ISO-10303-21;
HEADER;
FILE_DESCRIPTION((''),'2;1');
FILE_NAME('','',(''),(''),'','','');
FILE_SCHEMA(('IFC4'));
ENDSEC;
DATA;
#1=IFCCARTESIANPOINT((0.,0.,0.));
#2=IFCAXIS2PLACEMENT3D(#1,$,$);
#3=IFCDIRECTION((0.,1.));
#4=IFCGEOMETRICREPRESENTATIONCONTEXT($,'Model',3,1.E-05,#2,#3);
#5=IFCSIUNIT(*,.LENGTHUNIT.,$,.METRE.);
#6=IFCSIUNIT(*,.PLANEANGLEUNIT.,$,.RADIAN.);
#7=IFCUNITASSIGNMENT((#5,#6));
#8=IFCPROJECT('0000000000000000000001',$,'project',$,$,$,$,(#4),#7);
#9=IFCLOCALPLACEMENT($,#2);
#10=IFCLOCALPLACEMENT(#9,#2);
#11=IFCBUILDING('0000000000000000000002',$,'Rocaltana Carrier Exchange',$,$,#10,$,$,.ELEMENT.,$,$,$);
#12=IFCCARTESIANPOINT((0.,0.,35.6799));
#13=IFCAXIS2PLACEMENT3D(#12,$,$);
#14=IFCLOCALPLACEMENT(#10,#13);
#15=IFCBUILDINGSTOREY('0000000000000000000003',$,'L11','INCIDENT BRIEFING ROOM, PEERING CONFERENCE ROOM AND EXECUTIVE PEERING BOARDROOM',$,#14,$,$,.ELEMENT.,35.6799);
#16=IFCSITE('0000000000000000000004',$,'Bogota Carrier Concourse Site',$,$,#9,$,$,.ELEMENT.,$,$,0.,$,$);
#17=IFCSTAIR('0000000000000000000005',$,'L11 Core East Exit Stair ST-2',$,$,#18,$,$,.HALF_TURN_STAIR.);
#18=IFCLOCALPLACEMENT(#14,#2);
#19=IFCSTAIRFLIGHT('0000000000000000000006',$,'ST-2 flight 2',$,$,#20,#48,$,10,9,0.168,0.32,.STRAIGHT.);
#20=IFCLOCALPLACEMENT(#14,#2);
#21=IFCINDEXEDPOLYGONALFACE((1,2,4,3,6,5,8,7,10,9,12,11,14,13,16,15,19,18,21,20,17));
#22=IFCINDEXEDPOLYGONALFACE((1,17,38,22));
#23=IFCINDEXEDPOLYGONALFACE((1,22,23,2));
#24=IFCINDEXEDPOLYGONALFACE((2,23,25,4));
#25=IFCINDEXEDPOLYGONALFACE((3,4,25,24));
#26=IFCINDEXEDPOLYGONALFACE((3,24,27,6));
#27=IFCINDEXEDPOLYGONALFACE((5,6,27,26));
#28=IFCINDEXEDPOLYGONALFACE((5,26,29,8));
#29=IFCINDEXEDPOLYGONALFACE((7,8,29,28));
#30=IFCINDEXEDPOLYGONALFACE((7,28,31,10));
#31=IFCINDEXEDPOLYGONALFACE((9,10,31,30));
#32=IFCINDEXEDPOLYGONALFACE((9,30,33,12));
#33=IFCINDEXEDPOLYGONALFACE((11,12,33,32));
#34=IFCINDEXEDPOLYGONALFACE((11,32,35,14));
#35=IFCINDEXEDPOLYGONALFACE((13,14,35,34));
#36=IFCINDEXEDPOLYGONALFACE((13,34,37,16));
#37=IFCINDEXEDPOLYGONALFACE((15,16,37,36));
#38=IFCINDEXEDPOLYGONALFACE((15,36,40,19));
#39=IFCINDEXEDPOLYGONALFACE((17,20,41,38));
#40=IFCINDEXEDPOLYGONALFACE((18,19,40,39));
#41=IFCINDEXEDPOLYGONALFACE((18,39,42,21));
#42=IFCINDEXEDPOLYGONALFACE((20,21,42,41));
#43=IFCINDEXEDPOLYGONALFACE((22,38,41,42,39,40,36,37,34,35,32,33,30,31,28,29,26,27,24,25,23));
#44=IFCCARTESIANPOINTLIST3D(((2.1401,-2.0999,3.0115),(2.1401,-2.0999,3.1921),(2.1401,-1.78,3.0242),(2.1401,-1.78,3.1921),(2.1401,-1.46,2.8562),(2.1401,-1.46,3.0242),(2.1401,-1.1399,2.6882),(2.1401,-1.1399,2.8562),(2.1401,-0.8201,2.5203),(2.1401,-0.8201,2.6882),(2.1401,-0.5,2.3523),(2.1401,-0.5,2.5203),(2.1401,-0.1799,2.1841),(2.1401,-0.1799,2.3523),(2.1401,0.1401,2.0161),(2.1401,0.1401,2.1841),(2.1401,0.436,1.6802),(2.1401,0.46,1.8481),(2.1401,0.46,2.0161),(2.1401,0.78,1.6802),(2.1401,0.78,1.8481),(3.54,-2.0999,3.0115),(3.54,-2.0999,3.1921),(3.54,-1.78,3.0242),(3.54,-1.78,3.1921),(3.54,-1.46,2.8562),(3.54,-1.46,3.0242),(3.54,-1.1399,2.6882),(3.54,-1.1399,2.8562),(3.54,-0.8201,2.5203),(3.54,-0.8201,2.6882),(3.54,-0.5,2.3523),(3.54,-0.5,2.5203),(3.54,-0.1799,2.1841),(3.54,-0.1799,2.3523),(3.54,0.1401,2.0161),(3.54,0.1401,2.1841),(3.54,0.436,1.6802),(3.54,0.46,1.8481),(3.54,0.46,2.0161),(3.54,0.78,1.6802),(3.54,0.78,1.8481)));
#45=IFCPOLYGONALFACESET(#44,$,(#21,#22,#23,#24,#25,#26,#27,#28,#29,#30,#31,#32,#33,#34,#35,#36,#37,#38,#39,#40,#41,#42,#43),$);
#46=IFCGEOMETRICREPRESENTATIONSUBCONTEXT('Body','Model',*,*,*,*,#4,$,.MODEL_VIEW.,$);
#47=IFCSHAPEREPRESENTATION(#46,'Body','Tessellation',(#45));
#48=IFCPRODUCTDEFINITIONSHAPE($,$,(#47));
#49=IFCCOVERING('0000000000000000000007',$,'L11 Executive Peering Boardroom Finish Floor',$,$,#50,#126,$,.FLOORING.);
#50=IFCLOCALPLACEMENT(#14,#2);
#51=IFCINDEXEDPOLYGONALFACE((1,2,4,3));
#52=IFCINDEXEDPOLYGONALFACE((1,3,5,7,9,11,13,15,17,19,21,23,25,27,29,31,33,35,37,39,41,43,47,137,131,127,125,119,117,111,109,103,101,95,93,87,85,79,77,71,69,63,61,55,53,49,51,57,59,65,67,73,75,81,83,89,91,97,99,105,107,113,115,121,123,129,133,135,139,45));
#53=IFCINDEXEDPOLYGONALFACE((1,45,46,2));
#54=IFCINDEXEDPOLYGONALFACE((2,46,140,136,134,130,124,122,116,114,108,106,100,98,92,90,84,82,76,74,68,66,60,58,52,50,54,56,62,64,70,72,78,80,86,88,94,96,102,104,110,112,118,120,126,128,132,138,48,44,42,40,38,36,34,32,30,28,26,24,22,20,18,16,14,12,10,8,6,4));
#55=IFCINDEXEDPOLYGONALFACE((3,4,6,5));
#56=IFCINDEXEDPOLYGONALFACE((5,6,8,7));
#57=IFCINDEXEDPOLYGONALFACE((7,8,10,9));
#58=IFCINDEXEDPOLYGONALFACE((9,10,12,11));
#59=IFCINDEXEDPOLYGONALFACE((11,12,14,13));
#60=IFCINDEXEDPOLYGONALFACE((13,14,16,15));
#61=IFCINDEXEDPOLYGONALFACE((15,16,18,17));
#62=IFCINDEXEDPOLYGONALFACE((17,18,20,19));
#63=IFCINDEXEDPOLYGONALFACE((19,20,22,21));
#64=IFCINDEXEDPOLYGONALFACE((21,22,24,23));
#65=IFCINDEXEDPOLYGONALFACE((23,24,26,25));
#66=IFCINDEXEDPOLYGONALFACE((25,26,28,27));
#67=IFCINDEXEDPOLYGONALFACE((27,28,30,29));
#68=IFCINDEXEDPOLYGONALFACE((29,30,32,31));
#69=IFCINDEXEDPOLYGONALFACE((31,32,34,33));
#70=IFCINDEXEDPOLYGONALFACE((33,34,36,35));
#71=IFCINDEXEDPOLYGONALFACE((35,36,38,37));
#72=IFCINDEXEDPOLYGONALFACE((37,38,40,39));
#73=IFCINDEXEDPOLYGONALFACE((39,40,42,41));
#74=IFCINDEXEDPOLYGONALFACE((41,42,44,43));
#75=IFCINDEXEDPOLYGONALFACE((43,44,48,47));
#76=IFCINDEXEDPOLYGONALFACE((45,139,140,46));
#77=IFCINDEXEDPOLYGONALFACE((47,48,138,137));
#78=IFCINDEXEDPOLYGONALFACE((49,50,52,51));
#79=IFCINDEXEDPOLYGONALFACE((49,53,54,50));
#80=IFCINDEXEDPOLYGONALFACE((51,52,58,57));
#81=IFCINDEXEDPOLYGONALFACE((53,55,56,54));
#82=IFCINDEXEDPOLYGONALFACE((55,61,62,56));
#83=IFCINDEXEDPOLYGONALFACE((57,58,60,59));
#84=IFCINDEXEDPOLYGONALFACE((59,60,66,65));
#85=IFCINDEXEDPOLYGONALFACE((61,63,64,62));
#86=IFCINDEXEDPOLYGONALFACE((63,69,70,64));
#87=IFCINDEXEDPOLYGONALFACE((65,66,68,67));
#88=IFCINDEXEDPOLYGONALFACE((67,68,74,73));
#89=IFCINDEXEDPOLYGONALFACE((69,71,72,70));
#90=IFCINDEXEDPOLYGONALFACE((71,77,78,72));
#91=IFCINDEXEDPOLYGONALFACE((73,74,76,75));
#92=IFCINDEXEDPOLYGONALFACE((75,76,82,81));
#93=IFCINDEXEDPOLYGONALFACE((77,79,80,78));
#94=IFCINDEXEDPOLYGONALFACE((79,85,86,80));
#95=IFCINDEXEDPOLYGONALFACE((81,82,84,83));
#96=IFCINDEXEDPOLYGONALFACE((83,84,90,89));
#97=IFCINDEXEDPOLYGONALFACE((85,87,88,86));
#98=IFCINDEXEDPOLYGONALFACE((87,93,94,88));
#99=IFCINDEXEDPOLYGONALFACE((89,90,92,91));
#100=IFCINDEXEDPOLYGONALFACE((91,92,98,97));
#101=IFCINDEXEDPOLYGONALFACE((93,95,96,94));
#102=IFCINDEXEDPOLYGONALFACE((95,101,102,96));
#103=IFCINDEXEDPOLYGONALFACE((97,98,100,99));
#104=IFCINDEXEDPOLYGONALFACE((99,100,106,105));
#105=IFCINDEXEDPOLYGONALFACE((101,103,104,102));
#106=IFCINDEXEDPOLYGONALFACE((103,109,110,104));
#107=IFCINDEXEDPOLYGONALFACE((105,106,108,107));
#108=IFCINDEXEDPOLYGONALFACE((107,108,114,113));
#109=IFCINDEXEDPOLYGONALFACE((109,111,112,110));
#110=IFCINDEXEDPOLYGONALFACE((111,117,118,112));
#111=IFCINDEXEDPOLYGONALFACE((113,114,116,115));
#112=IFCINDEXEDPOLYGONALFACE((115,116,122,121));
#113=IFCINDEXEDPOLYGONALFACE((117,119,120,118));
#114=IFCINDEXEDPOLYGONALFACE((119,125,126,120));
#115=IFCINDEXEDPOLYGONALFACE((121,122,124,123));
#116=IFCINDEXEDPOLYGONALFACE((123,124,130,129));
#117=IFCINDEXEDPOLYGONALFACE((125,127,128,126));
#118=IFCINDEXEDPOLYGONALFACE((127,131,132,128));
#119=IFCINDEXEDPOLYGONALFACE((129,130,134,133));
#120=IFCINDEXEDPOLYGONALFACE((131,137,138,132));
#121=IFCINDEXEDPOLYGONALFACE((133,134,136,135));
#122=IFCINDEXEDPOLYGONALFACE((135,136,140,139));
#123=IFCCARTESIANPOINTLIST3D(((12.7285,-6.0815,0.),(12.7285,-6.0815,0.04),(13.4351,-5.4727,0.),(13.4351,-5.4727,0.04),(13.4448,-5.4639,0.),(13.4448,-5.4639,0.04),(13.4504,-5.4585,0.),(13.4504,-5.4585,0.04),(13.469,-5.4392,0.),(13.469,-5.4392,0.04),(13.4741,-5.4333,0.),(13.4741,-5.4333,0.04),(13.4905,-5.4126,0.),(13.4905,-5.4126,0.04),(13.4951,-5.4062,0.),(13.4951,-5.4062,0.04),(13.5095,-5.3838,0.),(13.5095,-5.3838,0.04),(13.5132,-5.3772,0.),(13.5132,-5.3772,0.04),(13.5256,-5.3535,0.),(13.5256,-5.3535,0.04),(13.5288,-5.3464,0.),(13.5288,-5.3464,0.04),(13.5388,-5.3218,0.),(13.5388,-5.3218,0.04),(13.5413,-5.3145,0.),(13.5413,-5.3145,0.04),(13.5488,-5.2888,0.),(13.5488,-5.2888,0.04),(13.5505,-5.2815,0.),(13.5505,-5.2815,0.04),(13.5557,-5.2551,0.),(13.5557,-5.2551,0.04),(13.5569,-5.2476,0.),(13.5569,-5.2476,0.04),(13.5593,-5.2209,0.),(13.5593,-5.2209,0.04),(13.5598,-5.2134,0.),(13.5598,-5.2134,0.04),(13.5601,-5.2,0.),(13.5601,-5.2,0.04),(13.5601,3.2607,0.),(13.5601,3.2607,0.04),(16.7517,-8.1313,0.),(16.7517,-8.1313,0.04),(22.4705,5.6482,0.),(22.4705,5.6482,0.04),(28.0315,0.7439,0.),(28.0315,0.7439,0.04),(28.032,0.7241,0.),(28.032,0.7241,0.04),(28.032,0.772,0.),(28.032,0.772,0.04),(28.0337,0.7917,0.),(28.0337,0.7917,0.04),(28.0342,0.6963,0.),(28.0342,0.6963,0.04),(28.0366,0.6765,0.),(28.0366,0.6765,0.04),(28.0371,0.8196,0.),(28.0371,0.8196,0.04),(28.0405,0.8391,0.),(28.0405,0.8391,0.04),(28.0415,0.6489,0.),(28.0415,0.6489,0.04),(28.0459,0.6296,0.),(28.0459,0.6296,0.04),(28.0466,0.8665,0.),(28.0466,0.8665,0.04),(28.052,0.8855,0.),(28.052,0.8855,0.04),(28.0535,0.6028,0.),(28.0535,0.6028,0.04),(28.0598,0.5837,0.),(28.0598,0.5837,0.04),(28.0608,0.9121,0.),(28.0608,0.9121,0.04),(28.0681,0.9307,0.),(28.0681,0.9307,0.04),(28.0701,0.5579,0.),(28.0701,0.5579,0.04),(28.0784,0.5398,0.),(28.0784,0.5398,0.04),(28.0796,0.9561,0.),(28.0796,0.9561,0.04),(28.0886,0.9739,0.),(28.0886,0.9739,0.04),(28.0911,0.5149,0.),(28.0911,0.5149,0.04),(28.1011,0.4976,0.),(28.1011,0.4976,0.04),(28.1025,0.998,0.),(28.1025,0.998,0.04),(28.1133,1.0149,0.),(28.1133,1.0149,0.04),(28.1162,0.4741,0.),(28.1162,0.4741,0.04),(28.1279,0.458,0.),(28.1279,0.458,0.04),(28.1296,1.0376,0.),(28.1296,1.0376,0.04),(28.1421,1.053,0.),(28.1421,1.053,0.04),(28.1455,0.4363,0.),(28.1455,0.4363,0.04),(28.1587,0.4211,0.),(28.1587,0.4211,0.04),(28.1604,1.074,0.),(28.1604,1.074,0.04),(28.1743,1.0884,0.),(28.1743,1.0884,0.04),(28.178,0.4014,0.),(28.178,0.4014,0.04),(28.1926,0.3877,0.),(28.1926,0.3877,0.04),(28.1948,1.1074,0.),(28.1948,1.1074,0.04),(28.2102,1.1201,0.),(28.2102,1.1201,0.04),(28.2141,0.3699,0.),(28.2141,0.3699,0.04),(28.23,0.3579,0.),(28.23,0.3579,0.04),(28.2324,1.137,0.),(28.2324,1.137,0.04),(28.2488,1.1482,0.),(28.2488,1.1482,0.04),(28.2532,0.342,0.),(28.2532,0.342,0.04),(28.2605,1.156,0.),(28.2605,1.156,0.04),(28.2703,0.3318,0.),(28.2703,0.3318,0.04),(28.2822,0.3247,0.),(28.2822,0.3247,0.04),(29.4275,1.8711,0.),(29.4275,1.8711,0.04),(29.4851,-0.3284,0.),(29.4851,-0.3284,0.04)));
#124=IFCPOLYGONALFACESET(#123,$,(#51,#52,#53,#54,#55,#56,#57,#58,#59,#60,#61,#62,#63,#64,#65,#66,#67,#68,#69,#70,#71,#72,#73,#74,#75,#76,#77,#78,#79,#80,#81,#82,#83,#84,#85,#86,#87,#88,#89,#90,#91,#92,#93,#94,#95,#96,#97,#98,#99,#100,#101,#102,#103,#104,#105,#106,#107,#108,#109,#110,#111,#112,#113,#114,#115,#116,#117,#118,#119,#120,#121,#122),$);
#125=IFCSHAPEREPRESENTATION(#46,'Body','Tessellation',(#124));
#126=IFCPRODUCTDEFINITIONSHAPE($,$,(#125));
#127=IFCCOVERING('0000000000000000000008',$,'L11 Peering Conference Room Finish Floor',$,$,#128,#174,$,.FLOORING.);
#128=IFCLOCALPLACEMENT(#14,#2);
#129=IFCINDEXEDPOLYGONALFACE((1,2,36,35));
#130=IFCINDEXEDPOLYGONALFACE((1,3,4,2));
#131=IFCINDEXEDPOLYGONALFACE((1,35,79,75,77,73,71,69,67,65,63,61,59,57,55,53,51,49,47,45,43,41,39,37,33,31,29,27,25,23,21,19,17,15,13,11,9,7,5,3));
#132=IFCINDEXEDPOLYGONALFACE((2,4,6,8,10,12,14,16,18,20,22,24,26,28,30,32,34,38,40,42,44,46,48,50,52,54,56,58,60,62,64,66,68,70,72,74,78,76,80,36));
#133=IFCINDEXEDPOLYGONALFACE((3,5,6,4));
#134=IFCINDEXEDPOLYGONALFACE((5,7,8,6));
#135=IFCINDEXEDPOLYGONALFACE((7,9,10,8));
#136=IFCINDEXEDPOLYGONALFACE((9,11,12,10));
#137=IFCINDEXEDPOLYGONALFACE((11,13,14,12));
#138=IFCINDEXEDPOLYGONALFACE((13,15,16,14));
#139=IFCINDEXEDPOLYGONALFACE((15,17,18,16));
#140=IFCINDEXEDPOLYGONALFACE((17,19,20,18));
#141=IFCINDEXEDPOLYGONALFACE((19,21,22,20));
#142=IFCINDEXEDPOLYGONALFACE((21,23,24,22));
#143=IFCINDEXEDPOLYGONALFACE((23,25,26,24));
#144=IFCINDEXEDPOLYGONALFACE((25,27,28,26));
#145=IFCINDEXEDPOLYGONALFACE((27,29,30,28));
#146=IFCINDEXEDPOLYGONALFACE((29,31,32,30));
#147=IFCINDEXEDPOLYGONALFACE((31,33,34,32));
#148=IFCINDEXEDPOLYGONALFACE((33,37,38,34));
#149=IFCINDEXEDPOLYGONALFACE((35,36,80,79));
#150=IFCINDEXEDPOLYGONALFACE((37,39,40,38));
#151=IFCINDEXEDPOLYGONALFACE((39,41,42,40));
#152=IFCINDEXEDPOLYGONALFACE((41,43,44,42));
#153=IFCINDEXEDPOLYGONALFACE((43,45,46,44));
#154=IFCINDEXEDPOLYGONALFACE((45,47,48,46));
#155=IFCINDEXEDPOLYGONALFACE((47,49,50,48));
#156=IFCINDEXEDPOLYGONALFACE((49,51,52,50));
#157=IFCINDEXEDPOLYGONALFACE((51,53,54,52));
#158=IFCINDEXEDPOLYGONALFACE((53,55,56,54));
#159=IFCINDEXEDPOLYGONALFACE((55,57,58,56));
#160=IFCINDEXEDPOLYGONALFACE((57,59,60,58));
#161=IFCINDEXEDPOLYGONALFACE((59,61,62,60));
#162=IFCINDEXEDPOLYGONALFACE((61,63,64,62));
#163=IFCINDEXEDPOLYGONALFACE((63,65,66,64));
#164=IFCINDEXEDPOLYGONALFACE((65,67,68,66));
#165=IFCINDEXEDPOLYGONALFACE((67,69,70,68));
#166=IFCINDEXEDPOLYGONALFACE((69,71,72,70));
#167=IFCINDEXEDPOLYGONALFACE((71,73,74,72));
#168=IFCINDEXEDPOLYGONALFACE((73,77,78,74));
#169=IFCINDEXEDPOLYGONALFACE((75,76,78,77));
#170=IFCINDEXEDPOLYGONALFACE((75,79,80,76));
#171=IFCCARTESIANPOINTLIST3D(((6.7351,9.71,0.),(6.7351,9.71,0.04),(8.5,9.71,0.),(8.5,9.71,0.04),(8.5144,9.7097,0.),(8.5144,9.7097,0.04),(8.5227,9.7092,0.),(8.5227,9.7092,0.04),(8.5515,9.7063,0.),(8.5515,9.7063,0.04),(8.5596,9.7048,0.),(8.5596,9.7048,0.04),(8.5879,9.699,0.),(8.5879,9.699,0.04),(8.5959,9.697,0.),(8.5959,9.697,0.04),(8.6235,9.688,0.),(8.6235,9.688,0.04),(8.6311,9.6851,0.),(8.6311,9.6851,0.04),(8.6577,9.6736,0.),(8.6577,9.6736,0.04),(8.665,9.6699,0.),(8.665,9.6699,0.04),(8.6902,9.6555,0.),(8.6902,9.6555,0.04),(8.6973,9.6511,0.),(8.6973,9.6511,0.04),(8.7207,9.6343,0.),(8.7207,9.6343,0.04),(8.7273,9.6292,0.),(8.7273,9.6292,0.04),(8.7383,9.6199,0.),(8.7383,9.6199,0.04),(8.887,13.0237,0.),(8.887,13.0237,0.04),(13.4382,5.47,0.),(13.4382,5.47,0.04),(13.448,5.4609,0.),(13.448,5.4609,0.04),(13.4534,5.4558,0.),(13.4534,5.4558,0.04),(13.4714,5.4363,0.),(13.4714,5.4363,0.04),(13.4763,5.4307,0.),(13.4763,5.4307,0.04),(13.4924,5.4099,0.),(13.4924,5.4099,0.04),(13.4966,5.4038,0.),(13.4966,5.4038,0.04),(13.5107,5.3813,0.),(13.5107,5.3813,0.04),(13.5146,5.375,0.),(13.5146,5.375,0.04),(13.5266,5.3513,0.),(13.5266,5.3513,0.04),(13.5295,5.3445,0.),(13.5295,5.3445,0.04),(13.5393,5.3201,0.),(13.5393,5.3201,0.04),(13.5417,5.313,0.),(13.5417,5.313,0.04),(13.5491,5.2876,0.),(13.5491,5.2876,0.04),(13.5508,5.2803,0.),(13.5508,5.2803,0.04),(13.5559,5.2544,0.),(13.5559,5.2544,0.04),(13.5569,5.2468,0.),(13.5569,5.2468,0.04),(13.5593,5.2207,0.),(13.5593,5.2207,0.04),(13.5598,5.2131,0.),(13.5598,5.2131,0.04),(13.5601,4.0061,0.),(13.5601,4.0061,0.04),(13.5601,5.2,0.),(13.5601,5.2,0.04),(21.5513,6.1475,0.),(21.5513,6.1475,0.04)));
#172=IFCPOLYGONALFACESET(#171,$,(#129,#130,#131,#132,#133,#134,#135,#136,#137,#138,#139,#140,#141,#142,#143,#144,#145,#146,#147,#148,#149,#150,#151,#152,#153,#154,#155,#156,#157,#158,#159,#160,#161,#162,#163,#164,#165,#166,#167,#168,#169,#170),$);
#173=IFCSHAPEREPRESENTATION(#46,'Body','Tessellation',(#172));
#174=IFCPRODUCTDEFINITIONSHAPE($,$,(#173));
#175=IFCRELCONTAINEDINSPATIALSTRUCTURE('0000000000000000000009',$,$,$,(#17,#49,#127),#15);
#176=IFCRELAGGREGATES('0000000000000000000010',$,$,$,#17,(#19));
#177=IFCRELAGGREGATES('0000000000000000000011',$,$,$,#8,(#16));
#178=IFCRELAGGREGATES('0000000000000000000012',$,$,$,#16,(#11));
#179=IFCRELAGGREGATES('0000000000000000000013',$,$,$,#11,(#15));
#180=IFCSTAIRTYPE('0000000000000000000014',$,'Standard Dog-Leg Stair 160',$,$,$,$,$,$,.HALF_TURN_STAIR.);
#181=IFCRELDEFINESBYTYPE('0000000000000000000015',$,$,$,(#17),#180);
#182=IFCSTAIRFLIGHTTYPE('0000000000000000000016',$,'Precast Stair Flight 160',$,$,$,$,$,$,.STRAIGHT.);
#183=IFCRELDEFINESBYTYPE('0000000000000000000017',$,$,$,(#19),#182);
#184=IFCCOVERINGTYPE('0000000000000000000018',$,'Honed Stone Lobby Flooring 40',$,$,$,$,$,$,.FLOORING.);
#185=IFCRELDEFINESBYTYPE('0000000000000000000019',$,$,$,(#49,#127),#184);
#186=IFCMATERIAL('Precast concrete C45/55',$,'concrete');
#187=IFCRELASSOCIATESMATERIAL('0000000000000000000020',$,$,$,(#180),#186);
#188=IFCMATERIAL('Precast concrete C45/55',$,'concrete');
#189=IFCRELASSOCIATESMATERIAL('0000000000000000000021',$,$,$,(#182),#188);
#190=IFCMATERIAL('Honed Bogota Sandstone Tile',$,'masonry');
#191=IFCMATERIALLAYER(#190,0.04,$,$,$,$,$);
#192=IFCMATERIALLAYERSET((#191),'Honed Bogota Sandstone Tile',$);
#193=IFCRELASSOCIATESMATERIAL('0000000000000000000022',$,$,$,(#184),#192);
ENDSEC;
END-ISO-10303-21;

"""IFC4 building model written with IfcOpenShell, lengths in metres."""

from ifc_helpers import new_model, si_unit, direction, frame, origin, place, context, subcontext, project, spatial, polyline, outline, extrude, material, layer, layer_set, type_object, element, aggregate, save


model = new_model("IFC4")

# Units and contexts
model_context = context("Model", 3, precision=1e-05, world=origin(), true_north=direction((0.0, 1.0)))
body_context = subcontext(model_context, "Body", "Model", "MODEL_VIEW")
ifc_project = project(units=[si_unit("LENGTHUNIT", "METRE"), si_unit("PLANEANGLEUNIT", "RADIAN")], contexts=[model_context])

# Site, building, storey
site_placement = place(None, origin())
site = spatial("IfcSite", under=ifc_project, at=site_placement, Name="Bogota Carrier Concourse Site", CompositionType="ELEMENT", RefElevation=0.0)
building_placement = place(site_placement, origin())
building = spatial("IfcBuilding", under=site, at=building_placement, Name="Rocaltana Carrier Exchange", CompositionType="ELEMENT")
storey_placement = place(building_placement, frame((0.0, 0.0, 35.6799)))
storey = spatial("IfcBuildingStorey", under=building, at=storey_placement, Name="L11", Description="INCIDENT BRIEFING ROOM, PEERING CONFERENCE ROOM AND EXECUTIVE PEERING BOARDROOM", CompositionType="ELEMENT", Elevation=35.6799)

# Stair, stair flight
ifc_material_1 = material(Name="Precast concrete C45/55", Category="concrete")
stair_type = type_object("IfcStairType", Name="Standard Dog-Leg Stair 160", PredefinedType="HALF_TURN_STAIR", material=ifc_material_1)
stair_placement = place(storey_placement, origin())
stair = element("IfcStair", 1, at=stair_placement, inside=storey, type_object=stair_type, Name="L11 Core East Exit Stair ST-2", PredefinedType="HALF_TURN_STAIR")
ifc_material_2 = material(Name="Precast concrete C45/55", Category="concrete")
stair_flight_type = type_object("IfcStairFlightType", Name="Precast Stair Flight 160", PredefinedType="STRAIGHT", material=ifc_material_2)
stair_flight_placement = place(storey_placement, frame((2.8401, 0.78, 1.6802), z_axis=(0.0, 0.0, 1.0), x_axis=(0.0, -1.0, 0.0)))
stair_flight = element("IfcStairFlight", 2, at=stair_flight_placement, type_object=stair_flight_type, Name="ST-2 flight 2", NumberOfRisers=10, NumberOfTreads=9, PredefinedType="STRAIGHT", RiserHeight=0.168, TreadLength=0.32, context=body_context, shape_type="SweptSolid", body=[
    extrude(outline(polyline([(0.0, 0.0), (0.0, 0.168), (0.3201, 0.168), (0.3201, 0.3359), (0.6399, 0.3359), (0.6399, 0.5039), (0.96, 0.5039), (0.96, 0.6721), (1.28, 0.6721), (1.28, 0.8401), (1.6001, 0.8401), (1.6001, 1.0081), (1.9199, 1.0081), (1.9199, 1.176), (2.24, 1.176), (2.24, 1.344), (2.5601, 1.344), (2.5601, 1.512), (2.8799, 1.512), (2.8799, 1.6799), (2.8799, 1.3313), (0.344, 0.0), (0.0, 0.0)])), frame((0.0, 0.7, 0.0), z_axis=(0.0, -1.0, 0.0), x_axis=(1.0, 0.0, 0.0)), (0.0, 0.0, 1.0), 1.3999),
])
aggregate(stair, [stair_flight])

# Coverings
ifc_material_3 = material(Name="Honed Bogota Sandstone Tile", Category="masonry")
ifc_layer_1 = layer(ifc_material_3, 0.04)
ifc_layer_set_1 = layer_set([ifc_layer_1], Name="Honed Bogota Sandstone Tile")
covering_type_1 = type_object("IfcCoveringType", Name="Honed Stone Lobby Flooring 40", PredefinedType="FLOORING", material=ifc_layer_set_1)
covering_1_placement = place(storey_placement, origin())
element("IfcCovering", 3, at=covering_1_placement, inside=storey, type_object=covering_type_1, Name="L11 Executive Peering Boardroom Finish Floor", PredefinedType="FLOORING", context=body_context, shape_type="SweptSolid", body=[
    extrude(outline(polyline([(29.4275, 1.8711), (28.2605, 1.156), (28.2488, 1.1482), (28.2324, 1.137), (28.2102, 1.1201), (28.1948, 1.1074), (28.1743, 1.0884), (28.1604, 1.074), (28.1421, 1.053), (28.1296, 1.0376), (28.1133, 1.0149), (28.1025, 0.998), (28.0886, 0.9739), (28.0796, 0.9561), (28.0681, 0.9307), (28.0608, 0.9121), (28.052, 0.8855), (28.0466, 0.8665), (28.0405, 0.8391), (28.0371, 0.8196), (28.0337, 0.7917), (28.032, 0.772), (28.0315, 0.7439), (28.032, 0.7241), (28.0342, 0.6963), (28.0366, 0.6765), (28.0415, 0.6489), (28.0459, 0.6296), (28.0535, 0.6028), (28.0598, 0.5837), (28.0701, 0.5579), (28.0784, 0.5398), (28.0911, 0.5149), (28.1011, 0.4976), (28.1162, 0.4741), (28.1279, 0.458), (28.1455, 0.4363), (28.1587, 0.4211), (28.178, 0.4014), (28.1926, 0.3877), (28.2141, 0.3699), (28.23, 0.3579), (28.2532, 0.342), (28.2703, 0.3318), (28.2822, 0.3247), (29.4851, -0.3284), (16.7517, -8.1313), (12.7285, -6.0815), (13.4351, -5.4727), (13.4448, -5.4639), (13.4504, -5.4585), (13.469, -5.4392), (13.4741, -5.4333), (13.4905, -5.4126), (13.4951, -5.4062), (13.5095, -5.3838), (13.5132, -5.3772), (13.5256, -5.3535), (13.5288, -5.3464), (13.5388, -5.3218), (13.5413, -5.3145), (13.5488, -5.2888), (13.5505, -5.2815), (13.5557, -5.2551), (13.5569, -5.2476), (13.5593, -5.2209), (13.5598, -5.2134), (13.5601, -5.2), (13.5601, 3.2607), (22.4705, 5.6482), (29.4275, 1.8711)])), origin(), (0.0, 0.0, 1.0), 0.04),
])
covering_2_placement = place(storey_placement, origin())
element("IfcCovering", 4, at=covering_2_placement, inside=storey, type_object=covering_type_1, Name="L11 Peering Conference Room Finish Floor", PredefinedType="FLOORING", context=body_context, shape_type="SweptSolid", body=[
    extrude(outline(polyline([(21.5513, 6.1475), (13.5601, 4.0061), (13.5601, 5.2), (13.5598, 5.2131), (13.5593, 5.2207), (13.5569, 5.2468), (13.5559, 5.2544), (13.5508, 5.2803), (13.5491, 5.2876), (13.5417, 5.313), (13.5393, 5.3201), (13.5295, 5.3445), (13.5266, 5.3513), (13.5146, 5.375), (13.5107, 5.3813), (13.4966, 5.4038), (13.4924, 5.4099), (13.4763, 5.4307), (13.4714, 5.4363), (13.4534, 5.4558), (13.448, 5.4609), (13.4382, 5.47), (8.7383, 9.6199), (8.7273, 9.6292), (8.7207, 9.6343), (8.6973, 9.6511), (8.6902, 9.6555), (8.665, 9.6699), (8.6577, 9.6736), (8.6311, 9.6851), (8.6235, 9.688), (8.5959, 9.697), (8.5879, 9.699), (8.5596, 9.7048), (8.5515, 9.7063), (8.5227, 9.7092), (8.5144, 9.7097), (8.5, 9.71), (6.7351, 9.71), (8.887, 13.0237), (21.5513, 6.1475)])), origin(), (0.0, 0.0, 1.0), 0.04),
])

save(model, "model.ifc")
